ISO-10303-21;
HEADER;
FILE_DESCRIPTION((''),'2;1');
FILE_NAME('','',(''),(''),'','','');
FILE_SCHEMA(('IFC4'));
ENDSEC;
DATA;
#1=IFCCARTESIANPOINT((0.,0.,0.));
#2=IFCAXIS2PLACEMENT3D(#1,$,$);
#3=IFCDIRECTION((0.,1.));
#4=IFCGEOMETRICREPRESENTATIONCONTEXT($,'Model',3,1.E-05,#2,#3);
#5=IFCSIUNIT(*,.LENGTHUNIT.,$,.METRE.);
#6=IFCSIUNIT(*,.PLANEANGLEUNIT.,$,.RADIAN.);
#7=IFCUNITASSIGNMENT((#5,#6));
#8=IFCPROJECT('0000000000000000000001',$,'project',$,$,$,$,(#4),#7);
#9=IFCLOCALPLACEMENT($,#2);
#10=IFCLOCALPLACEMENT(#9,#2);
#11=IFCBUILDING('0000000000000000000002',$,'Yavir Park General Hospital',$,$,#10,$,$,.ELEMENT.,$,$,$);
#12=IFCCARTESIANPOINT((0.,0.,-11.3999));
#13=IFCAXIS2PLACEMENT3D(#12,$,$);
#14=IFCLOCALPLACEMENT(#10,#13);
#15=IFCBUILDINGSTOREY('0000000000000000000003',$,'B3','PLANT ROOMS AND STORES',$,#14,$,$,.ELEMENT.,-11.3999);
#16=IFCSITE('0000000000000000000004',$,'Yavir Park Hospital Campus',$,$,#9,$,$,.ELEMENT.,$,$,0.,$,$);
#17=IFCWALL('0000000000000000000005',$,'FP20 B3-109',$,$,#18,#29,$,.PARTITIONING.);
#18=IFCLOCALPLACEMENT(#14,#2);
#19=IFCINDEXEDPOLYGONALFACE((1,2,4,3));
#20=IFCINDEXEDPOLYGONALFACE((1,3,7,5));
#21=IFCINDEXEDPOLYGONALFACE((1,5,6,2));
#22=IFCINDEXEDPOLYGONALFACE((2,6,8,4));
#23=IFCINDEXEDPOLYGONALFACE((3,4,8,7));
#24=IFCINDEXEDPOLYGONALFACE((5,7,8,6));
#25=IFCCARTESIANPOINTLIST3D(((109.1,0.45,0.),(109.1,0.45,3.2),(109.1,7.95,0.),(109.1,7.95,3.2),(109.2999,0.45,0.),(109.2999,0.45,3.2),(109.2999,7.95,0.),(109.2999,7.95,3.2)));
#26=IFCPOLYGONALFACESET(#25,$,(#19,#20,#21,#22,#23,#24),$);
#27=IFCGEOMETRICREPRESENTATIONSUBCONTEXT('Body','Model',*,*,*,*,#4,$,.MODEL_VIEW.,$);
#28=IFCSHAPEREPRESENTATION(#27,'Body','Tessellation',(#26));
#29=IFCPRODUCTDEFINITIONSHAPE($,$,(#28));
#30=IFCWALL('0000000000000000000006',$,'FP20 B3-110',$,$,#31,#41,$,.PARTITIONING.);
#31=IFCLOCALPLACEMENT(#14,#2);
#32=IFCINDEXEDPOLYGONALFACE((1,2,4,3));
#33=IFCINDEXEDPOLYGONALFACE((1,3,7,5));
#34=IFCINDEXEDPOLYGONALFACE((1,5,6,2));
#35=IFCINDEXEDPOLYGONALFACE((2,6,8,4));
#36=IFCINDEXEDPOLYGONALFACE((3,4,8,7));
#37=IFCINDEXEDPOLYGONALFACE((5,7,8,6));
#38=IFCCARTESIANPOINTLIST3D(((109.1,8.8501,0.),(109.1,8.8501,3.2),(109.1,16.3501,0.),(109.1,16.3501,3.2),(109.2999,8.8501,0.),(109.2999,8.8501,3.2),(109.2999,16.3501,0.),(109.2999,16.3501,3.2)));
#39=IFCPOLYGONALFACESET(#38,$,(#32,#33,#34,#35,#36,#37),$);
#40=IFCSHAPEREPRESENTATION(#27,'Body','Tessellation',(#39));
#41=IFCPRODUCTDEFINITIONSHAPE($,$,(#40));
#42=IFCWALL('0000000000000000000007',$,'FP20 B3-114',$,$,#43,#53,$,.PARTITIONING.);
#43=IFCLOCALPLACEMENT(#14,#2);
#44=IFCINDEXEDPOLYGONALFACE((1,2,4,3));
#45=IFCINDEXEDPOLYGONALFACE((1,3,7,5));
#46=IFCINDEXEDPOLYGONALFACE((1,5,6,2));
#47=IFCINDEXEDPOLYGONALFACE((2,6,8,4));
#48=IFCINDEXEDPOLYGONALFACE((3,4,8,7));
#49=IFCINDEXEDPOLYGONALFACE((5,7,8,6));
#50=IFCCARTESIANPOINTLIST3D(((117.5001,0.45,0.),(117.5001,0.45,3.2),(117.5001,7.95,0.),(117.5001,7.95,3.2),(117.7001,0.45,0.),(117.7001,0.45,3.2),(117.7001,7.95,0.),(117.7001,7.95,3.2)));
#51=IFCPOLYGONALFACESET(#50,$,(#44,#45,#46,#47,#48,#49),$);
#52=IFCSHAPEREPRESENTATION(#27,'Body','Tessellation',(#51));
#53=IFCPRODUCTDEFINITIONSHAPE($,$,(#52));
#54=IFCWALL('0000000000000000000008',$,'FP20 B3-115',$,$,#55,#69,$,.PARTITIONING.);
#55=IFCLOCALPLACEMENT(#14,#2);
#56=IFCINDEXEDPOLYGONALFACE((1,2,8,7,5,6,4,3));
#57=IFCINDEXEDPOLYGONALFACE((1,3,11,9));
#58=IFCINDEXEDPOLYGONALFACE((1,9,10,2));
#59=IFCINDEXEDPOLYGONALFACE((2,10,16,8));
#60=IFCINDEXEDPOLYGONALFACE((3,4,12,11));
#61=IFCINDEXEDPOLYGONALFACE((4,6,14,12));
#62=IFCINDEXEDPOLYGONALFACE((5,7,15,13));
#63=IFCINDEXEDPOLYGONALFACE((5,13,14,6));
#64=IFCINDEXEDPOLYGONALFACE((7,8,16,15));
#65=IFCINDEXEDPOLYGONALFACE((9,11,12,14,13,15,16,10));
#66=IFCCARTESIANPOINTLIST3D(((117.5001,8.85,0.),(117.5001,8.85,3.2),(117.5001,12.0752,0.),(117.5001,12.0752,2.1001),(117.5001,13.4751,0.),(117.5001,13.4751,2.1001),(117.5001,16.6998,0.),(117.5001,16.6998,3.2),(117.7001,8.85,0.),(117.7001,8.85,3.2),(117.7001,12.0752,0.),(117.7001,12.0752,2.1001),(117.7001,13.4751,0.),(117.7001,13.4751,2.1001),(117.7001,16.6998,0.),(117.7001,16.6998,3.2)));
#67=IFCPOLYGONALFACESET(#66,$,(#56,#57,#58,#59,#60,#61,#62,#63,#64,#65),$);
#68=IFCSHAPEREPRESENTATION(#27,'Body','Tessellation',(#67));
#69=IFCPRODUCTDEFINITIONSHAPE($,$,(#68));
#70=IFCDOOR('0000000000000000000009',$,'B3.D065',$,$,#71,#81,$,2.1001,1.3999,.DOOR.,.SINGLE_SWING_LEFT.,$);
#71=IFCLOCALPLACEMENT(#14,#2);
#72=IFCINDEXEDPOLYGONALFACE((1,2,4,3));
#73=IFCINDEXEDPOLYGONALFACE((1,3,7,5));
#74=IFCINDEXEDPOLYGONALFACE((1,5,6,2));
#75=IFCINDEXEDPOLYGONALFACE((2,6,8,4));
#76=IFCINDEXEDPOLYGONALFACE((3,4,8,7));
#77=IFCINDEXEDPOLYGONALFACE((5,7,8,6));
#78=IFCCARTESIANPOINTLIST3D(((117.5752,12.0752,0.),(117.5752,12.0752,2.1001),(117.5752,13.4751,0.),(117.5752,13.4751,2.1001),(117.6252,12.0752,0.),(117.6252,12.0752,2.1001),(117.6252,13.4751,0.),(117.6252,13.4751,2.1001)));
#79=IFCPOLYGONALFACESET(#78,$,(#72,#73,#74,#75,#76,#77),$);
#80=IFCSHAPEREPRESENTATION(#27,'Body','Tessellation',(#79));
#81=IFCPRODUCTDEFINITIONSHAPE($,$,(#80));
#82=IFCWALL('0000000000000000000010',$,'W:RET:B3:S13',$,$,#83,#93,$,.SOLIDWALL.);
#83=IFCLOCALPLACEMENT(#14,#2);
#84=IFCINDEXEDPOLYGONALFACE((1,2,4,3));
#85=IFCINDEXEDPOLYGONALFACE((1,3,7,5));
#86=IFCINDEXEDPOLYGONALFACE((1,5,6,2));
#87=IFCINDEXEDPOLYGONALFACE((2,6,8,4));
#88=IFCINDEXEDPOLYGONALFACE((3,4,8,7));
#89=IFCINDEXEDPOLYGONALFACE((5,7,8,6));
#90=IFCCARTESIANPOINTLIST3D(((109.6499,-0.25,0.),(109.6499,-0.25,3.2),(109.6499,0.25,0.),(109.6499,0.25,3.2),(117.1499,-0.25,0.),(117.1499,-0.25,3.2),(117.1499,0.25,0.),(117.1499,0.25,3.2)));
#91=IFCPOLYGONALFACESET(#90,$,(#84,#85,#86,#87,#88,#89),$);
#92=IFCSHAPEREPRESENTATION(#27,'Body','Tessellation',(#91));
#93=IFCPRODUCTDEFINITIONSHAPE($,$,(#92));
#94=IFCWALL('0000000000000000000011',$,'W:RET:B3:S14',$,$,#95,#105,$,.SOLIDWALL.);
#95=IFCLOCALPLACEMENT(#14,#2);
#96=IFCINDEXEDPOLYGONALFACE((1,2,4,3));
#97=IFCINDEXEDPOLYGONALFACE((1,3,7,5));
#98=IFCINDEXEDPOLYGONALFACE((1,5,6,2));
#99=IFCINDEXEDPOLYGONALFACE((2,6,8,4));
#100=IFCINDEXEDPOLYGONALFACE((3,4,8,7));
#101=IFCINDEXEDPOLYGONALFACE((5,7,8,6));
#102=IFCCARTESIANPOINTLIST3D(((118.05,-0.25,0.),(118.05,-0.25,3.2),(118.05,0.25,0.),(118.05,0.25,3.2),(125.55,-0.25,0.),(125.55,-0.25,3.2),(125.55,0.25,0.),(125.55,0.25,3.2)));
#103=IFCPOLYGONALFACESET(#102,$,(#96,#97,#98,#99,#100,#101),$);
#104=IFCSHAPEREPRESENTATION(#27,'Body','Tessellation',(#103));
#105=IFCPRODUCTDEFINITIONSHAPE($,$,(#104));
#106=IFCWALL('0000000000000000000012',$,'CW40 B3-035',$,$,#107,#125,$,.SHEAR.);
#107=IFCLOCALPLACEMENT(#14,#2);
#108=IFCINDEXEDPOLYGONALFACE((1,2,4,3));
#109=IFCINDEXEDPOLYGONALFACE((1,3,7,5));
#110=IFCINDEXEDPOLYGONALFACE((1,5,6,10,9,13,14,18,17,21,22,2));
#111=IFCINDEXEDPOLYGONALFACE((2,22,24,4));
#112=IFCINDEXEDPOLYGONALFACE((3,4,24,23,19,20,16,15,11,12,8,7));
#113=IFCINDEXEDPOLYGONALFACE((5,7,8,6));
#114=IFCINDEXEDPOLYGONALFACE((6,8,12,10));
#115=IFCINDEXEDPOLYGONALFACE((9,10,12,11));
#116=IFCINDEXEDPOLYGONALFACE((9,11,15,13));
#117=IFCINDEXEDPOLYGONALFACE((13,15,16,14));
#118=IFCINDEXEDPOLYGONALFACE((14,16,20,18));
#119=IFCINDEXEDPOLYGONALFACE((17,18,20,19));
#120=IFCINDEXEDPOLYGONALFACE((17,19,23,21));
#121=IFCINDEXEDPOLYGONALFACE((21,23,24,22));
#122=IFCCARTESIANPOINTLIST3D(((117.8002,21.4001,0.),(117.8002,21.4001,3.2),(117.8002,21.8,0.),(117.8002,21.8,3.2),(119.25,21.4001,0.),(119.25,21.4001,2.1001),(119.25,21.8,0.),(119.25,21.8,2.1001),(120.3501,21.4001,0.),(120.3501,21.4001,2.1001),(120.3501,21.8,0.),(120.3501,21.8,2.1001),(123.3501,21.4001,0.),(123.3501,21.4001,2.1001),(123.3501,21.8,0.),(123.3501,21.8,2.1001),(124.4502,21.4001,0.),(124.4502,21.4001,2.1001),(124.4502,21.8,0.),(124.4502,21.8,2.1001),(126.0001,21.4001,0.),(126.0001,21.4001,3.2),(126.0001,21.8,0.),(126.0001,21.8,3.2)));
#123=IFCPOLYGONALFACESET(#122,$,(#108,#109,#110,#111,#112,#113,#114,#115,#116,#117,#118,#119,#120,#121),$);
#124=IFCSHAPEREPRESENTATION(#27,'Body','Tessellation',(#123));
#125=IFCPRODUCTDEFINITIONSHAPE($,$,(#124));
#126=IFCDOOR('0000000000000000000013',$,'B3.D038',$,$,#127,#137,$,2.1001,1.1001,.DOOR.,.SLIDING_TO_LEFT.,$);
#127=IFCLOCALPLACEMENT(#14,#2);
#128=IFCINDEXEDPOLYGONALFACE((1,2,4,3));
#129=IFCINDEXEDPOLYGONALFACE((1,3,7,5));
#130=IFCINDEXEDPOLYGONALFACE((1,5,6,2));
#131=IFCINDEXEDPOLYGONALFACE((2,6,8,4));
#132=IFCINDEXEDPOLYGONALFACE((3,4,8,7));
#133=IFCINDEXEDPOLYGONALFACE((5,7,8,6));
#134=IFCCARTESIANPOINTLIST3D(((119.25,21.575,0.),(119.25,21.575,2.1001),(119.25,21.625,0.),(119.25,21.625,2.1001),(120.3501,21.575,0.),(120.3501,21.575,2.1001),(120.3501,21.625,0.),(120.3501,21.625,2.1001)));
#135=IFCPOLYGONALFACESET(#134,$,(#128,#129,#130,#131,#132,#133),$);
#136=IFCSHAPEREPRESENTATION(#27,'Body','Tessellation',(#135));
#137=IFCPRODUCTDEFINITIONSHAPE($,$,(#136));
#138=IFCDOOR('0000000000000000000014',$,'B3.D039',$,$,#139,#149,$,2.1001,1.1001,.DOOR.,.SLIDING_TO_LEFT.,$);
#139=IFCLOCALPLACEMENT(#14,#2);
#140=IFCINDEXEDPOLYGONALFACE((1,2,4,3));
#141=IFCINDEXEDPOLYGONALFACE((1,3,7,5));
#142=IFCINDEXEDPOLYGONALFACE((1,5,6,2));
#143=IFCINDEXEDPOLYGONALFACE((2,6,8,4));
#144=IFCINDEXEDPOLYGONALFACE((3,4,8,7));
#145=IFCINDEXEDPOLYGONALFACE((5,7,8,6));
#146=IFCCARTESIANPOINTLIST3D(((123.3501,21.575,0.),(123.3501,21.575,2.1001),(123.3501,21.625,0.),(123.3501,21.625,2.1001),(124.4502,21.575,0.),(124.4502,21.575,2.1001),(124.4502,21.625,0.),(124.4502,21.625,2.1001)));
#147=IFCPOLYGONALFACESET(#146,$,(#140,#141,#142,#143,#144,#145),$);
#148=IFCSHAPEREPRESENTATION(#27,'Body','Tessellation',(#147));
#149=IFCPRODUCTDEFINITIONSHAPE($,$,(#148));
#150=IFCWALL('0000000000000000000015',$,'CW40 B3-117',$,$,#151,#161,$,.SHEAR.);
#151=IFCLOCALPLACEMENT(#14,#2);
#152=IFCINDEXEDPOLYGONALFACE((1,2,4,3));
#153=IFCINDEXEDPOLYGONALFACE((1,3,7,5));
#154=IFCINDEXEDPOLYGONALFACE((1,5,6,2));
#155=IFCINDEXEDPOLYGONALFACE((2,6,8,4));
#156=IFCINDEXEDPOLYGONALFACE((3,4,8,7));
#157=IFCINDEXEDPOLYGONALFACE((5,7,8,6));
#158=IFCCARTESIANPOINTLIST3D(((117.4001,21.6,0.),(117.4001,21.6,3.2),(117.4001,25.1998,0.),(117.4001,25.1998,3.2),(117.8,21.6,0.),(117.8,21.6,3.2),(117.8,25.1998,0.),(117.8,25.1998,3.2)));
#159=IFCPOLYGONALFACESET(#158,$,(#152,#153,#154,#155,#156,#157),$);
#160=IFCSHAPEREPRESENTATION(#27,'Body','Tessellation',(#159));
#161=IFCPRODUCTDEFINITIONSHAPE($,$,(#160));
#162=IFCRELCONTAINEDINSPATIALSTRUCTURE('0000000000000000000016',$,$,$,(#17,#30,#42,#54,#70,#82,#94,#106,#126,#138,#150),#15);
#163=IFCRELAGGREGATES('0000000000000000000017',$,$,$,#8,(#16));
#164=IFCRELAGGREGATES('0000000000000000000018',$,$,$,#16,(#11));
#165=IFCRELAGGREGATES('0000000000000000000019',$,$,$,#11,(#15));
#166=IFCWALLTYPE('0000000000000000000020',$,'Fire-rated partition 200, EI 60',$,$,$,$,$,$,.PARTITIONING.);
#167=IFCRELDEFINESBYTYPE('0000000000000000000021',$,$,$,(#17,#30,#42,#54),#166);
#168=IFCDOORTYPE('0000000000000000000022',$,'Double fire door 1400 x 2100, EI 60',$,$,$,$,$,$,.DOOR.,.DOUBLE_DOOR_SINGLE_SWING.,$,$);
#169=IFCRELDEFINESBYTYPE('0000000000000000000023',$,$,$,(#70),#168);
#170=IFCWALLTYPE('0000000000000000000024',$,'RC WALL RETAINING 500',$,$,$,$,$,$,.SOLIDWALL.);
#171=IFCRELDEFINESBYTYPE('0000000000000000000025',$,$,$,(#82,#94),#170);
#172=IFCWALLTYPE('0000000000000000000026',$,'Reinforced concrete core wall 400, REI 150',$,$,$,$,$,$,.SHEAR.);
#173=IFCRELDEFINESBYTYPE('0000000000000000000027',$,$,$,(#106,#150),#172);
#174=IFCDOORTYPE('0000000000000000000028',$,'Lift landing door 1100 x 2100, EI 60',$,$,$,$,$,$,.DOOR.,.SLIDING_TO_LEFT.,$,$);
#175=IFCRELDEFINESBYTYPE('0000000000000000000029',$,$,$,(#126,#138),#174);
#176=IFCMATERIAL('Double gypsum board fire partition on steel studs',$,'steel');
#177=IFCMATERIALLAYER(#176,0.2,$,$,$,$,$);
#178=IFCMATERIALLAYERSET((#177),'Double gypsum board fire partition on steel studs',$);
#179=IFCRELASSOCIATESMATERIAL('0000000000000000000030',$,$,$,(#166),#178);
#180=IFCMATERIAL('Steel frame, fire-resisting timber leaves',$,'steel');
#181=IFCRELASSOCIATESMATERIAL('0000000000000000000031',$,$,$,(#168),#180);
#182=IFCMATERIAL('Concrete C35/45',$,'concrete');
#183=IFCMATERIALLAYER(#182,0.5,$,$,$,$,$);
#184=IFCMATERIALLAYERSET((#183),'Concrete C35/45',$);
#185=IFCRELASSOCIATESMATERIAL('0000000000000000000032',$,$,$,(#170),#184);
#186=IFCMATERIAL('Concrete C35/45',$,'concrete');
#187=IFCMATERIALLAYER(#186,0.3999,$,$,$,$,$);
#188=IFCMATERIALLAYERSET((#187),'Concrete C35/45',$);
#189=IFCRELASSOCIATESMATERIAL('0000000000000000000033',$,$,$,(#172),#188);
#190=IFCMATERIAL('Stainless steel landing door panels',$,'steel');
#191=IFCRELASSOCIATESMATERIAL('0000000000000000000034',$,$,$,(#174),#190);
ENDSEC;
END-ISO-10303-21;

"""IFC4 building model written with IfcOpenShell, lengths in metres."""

from ifc_helpers import new_model, si_unit, direction, frame, frame_2d, origin, place, context, subcontext, project, spatial, rectangle, extrude, material, layer, layer_set, type_object, element, fill, save


model = new_model("IFC4")

# Units and contexts
model_context = context("Model", 3, precision=1e-05, world=origin(), true_north=direction((0.0, 1.0)))
body_context = subcontext(model_context, "Body", "Model", "MODEL_VIEW")
ifc_project = project(units=[si_unit("LENGTHUNIT", "METRE"), si_unit("PLANEANGLEUNIT", "RADIAN")], contexts=[model_context])

# Site, building, storey
site_placement = place(None, origin())
site = spatial("IfcSite", under=ifc_project, at=site_placement, Name="Yavir Park Hospital Campus", CompositionType="ELEMENT", RefElevation=0.0)
building_placement = place(site_placement, origin())
building = spatial("IfcBuilding", under=site, at=building_placement, Name="Yavir Park General Hospital", CompositionType="ELEMENT")
storey_placement = place(building_placement, frame((0.0, 0.0, -11.3999)))
storey = spatial("IfcBuildingStorey", under=building, at=storey_placement, Name="B3", Description="PLANT ROOMS AND STORES", CompositionType="ELEMENT", Elevation=-11.3999)

# Shared definitions
ifc_material_1 = material(Name="Double gypsum board fire partition on steel studs", Category="steel")
ifc_layer_1 = layer(ifc_material_1, 0.2)
ifc_layer_set_1 = layer_set([ifc_layer_1], Name="Double gypsum board fire partition on steel studs")
wall_type_1 = type_object("IfcWallType", Name="Fire-rated partition 200, EI 60", PredefinedType="PARTITIONING", material=ifc_layer_set_1)
ifc_material_2 = material(Name="Steel frame, fire-resisting timber leaves", Category="steel")
door_type_1 = type_object("IfcDoorType", Name="Double fire door 1400 x 2100, EI 60", OperationType="DOUBLE_DOOR_SINGLE_SWING", PredefinedType="DOOR", material=ifc_material_2)

# Walls
for number, where, z_axis, x_axis, name in (
    (1, (109.2, 0.45, 0.0), (0.0, 0.0, 1.0), (0.0, 1.0, 0.0), "FP20 B3-109"),
    (2, (109.2, 8.8501, 0.0), (0.0, 0.0, 1.0), (0.0, 1.0, 0.0), "FP20 B3-110"),
    (3, (117.6001, 0.45, 0.0), (0.0, 0.0, 1.0), (0.0, 1.0, 0.0), "FP20 B3-114"),
):
    element("IfcWall", number, at=place(storey_placement, frame(where, z_axis=z_axis, x_axis=x_axis)), inside=storey, type_object=wall_type_1, Name=name, PredefinedType="PARTITIONING", context=body_context, shape_type="SweptSolid", body=[
        extrude(rectangle(XDim=7.5, YDim=0.2, at=frame_2d((3.75, 0.0))), origin(), (0.0, 0.0, 1.0), 3.2),
    ])

# Wall, opening, door
wall_1_placement = place(storey_placement, frame((117.6001, 8.8501, 0.0), z_axis=(0.0, 0.0, 1.0), x_axis=(0.0, 1.0, 0.0)))
wall_1 = element("IfcWall", 4, at=wall_1_placement, inside=storey, type_object=wall_type_1, Name="FP20 B3-115", PredefinedType="PARTITIONING", context=body_context, shape_type="SweptSolid", body=[
    extrude(rectangle(XDim=7.8499, YDim=0.2, at=frame_2d((3.9248, 0.0))), origin(), (0.0, 0.0, 1.0), 3.2),
])
opening_1_placement = place(wall_1_placement, frame((3.2251, 0.0, 0.0)))
opening_1 = element("IfcOpeningElement", 5, at=opening_1_placement, cuts=wall_1, PredefinedType="OPENING", context=body_context, shape_type="SweptSolid", body=[
    extrude(rectangle(XDim=1.3999, YDim=2.1001, at=frame_2d((0.7, 1.05))), frame((0.0, 0.1099, 0.0), z_axis=(0.0, -1.0, 0.0), x_axis=(1.0, 0.0, 0.0)), (0.0, 0.0, 1.0), 0.22),
])
door_1_placement = place(opening_1_placement, origin())
door_1 = element("IfcDoor", 6, at=door_1_placement, inside=storey, type_object=door_type_1, Name="B3.D065", OperationType="SINGLE_SWING_LEFT", OverallHeight=2.1001, OverallWidth=1.3999, PredefinedType="DOOR", context=body_context, shape_type="SweptSolid", body=[
    extrude(rectangle(XDim=1.3999, YDim=2.1001, at=frame_2d((0.7, 1.05))), frame((0.0, 0.0249, 0.0), z_axis=(0.0, -1.0, 0.0), x_axis=(1.0, 0.0, 0.0)), (0.0, 0.0, 1.0), 0.05),
])
fill(opening_1, door_1)

# Walls
ifc_material_3 = material(Name="Concrete C35/45", Category="concrete")
ifc_layer_2 = layer(ifc_material_3, 0.5)
ifc_layer_set_2 = layer_set([ifc_layer_2], Name="Concrete C35/45")
wall_type_2 = type_object("IfcWallType", Name="RC WALL RETAINING 500", PredefinedType="SOLIDWALL", material=ifc_layer_set_2)
for number, where, z_axis, x_axis, name in (
    (7, (109.6499, 0.0, 0.0), (0.0, 0.0, 1.0), (1.0, 0.0, 0.0), "W:RET:B3:S13"),
    (8, (118.05, 0.0, 0.0), (0.0, 0.0, 1.0), (1.0, 0.0, 0.0), "W:RET:B3:S14"),
):
    element("IfcWall", number, at=place(storey_placement, frame(where, z_axis=z_axis, x_axis=x_axis)), inside=storey, type_object=wall_type_2, Name=name, PredefinedType="SOLIDWALL", context=body_context, shape_type="SweptSolid", body=[
        extrude(rectangle(XDim=7.5, YDim=0.5, at=frame_2d((3.75, 0.0))), origin(), (0.0, 0.0, 1.0), 3.2),
    ])

# Wall, openings, doors
ifc_material_4 = material(Name="Concrete C35/45", Category="concrete")
ifc_layer_3 = layer(ifc_material_4, 0.3999)
ifc_layer_set_3 = layer_set([ifc_layer_3], Name="Concrete C35/45")
wall_type_3 = type_object("IfcWallType", Name="Reinforced concrete core wall 400, REI 150", PredefinedType="SHEAR", material=ifc_layer_set_3)
wall_2_placement = place(storey_placement, frame((117.8, 21.6001, 0.0), z_axis=(0.0, 0.0, 1.0), x_axis=(1.0, 0.0, 0.0)))
wall_2 = element("IfcWall", 9, at=wall_2_placement, inside=storey, type_object=wall_type_3, Name="CW40 B3-035", PredefinedType="SHEAR", context=body_context, shape_type="SweptSolid", body=[
    extrude(rectangle(XDim=8.2, YDim=0.3999, at=frame_2d((4.1001, 0.0))), origin(), (0.0, 0.0, 1.0), 3.2),
])
opening_2_placement = place(wall_2_placement, frame((1.45, 0.0, 0.0)))
opening_2 = element("IfcOpeningElement", 10, at=opening_2_placement, cuts=wall_2, PredefinedType="OPENING", context=body_context, shape_type="SweptSolid", body=[
    extrude(rectangle(XDim=1.1001, YDim=2.1001, at=frame_2d((0.55, 1.05))), frame((0.0, 0.21, 0.0), z_axis=(0.0, -1.0, 0.0), x_axis=(1.0, 0.0, 0.0)), (0.0, 0.0, 1.0), 0.4199),
])
opening_3_placement = place(wall_2_placement, frame((5.55, 0.0, 0.0)))
opening_3 = element("IfcOpeningElement", 11, at=opening_3_placement, cuts=wall_2, PredefinedType="OPENING", context=body_context, shape_type="SweptSolid", body=[
    extrude(rectangle(XDim=1.1001, YDim=2.1001, at=frame_2d((0.55, 1.05))), frame((0.0, 0.21, 0.0), z_axis=(0.0, -1.0, 0.0), x_axis=(1.0, 0.0, 0.0)), (0.0, 0.0, 1.0), 0.4199),
])
ifc_material_5 = material(Name="Stainless steel landing door panels", Category="steel")
door_type_2 = type_object("IfcDoorType", Name="Lift landing door 1100 x 2100, EI 60", OperationType="SLIDING_TO_LEFT", PredefinedType="DOOR", material=ifc_material_5)
door_2_placement = place(opening_2_placement, origin())
door_2 = element("IfcDoor", 12, at=door_2_placement, inside=storey, type_object=door_type_2, Name="B3.D038", OperationType="SLIDING_TO_LEFT", OverallHeight=2.1001, OverallWidth=1.1001, PredefinedType="DOOR", context=body_context, shape_type="SweptSolid", body=[
    extrude(rectangle(XDim=1.1001, YDim=2.1001, at=frame_2d((0.55, 1.05))), frame((0.0, 0.0249, 0.0), z_axis=(0.0, -1.0, 0.0), x_axis=(1.0, 0.0, 0.0)), (0.0, 0.0, 1.0), 0.05),
])
fill(opening_2, door_2)
door_3_placement = place(opening_3_placement, origin())
door_3 = element("IfcDoor", 13, at=door_3_placement, inside=storey, type_object=door_type_2, Name="B3.D039", OperationType="SLIDING_TO_LEFT", OverallHeight=2.1001, OverallWidth=1.1001, PredefinedType="DOOR", context=body_context, shape_type="SweptSolid", body=[
    extrude(rectangle(XDim=1.1001, YDim=2.1001, at=frame_2d((0.55, 1.05))), frame((0.0, 0.0249, 0.0), z_axis=(0.0, -1.0, 0.0), x_axis=(1.0, 0.0, 0.0)), (0.0, 0.0, 1.0), 0.05),
])
fill(opening_3, door_3)

# Wall
wall_3_placement = place(storey_placement, frame((117.6001, 21.6001, 0.0), z_axis=(0.0, 0.0, 1.0), x_axis=(0.0, 1.0, 0.0)))
element("IfcWall", 14, at=wall_3_placement, inside=storey, type_object=wall_type_3, Name="CW40 B3-117", PredefinedType="SHEAR", context=body_context, shape_type="SweptSolid", body=[
    extrude(rectangle(XDim=3.5999, YDim=0.3999, at=frame_2d((1.7998, 0.0))), origin(), (0.0, 0.0, 1.0), 3.2),
])

save(model, "model.ifc")
